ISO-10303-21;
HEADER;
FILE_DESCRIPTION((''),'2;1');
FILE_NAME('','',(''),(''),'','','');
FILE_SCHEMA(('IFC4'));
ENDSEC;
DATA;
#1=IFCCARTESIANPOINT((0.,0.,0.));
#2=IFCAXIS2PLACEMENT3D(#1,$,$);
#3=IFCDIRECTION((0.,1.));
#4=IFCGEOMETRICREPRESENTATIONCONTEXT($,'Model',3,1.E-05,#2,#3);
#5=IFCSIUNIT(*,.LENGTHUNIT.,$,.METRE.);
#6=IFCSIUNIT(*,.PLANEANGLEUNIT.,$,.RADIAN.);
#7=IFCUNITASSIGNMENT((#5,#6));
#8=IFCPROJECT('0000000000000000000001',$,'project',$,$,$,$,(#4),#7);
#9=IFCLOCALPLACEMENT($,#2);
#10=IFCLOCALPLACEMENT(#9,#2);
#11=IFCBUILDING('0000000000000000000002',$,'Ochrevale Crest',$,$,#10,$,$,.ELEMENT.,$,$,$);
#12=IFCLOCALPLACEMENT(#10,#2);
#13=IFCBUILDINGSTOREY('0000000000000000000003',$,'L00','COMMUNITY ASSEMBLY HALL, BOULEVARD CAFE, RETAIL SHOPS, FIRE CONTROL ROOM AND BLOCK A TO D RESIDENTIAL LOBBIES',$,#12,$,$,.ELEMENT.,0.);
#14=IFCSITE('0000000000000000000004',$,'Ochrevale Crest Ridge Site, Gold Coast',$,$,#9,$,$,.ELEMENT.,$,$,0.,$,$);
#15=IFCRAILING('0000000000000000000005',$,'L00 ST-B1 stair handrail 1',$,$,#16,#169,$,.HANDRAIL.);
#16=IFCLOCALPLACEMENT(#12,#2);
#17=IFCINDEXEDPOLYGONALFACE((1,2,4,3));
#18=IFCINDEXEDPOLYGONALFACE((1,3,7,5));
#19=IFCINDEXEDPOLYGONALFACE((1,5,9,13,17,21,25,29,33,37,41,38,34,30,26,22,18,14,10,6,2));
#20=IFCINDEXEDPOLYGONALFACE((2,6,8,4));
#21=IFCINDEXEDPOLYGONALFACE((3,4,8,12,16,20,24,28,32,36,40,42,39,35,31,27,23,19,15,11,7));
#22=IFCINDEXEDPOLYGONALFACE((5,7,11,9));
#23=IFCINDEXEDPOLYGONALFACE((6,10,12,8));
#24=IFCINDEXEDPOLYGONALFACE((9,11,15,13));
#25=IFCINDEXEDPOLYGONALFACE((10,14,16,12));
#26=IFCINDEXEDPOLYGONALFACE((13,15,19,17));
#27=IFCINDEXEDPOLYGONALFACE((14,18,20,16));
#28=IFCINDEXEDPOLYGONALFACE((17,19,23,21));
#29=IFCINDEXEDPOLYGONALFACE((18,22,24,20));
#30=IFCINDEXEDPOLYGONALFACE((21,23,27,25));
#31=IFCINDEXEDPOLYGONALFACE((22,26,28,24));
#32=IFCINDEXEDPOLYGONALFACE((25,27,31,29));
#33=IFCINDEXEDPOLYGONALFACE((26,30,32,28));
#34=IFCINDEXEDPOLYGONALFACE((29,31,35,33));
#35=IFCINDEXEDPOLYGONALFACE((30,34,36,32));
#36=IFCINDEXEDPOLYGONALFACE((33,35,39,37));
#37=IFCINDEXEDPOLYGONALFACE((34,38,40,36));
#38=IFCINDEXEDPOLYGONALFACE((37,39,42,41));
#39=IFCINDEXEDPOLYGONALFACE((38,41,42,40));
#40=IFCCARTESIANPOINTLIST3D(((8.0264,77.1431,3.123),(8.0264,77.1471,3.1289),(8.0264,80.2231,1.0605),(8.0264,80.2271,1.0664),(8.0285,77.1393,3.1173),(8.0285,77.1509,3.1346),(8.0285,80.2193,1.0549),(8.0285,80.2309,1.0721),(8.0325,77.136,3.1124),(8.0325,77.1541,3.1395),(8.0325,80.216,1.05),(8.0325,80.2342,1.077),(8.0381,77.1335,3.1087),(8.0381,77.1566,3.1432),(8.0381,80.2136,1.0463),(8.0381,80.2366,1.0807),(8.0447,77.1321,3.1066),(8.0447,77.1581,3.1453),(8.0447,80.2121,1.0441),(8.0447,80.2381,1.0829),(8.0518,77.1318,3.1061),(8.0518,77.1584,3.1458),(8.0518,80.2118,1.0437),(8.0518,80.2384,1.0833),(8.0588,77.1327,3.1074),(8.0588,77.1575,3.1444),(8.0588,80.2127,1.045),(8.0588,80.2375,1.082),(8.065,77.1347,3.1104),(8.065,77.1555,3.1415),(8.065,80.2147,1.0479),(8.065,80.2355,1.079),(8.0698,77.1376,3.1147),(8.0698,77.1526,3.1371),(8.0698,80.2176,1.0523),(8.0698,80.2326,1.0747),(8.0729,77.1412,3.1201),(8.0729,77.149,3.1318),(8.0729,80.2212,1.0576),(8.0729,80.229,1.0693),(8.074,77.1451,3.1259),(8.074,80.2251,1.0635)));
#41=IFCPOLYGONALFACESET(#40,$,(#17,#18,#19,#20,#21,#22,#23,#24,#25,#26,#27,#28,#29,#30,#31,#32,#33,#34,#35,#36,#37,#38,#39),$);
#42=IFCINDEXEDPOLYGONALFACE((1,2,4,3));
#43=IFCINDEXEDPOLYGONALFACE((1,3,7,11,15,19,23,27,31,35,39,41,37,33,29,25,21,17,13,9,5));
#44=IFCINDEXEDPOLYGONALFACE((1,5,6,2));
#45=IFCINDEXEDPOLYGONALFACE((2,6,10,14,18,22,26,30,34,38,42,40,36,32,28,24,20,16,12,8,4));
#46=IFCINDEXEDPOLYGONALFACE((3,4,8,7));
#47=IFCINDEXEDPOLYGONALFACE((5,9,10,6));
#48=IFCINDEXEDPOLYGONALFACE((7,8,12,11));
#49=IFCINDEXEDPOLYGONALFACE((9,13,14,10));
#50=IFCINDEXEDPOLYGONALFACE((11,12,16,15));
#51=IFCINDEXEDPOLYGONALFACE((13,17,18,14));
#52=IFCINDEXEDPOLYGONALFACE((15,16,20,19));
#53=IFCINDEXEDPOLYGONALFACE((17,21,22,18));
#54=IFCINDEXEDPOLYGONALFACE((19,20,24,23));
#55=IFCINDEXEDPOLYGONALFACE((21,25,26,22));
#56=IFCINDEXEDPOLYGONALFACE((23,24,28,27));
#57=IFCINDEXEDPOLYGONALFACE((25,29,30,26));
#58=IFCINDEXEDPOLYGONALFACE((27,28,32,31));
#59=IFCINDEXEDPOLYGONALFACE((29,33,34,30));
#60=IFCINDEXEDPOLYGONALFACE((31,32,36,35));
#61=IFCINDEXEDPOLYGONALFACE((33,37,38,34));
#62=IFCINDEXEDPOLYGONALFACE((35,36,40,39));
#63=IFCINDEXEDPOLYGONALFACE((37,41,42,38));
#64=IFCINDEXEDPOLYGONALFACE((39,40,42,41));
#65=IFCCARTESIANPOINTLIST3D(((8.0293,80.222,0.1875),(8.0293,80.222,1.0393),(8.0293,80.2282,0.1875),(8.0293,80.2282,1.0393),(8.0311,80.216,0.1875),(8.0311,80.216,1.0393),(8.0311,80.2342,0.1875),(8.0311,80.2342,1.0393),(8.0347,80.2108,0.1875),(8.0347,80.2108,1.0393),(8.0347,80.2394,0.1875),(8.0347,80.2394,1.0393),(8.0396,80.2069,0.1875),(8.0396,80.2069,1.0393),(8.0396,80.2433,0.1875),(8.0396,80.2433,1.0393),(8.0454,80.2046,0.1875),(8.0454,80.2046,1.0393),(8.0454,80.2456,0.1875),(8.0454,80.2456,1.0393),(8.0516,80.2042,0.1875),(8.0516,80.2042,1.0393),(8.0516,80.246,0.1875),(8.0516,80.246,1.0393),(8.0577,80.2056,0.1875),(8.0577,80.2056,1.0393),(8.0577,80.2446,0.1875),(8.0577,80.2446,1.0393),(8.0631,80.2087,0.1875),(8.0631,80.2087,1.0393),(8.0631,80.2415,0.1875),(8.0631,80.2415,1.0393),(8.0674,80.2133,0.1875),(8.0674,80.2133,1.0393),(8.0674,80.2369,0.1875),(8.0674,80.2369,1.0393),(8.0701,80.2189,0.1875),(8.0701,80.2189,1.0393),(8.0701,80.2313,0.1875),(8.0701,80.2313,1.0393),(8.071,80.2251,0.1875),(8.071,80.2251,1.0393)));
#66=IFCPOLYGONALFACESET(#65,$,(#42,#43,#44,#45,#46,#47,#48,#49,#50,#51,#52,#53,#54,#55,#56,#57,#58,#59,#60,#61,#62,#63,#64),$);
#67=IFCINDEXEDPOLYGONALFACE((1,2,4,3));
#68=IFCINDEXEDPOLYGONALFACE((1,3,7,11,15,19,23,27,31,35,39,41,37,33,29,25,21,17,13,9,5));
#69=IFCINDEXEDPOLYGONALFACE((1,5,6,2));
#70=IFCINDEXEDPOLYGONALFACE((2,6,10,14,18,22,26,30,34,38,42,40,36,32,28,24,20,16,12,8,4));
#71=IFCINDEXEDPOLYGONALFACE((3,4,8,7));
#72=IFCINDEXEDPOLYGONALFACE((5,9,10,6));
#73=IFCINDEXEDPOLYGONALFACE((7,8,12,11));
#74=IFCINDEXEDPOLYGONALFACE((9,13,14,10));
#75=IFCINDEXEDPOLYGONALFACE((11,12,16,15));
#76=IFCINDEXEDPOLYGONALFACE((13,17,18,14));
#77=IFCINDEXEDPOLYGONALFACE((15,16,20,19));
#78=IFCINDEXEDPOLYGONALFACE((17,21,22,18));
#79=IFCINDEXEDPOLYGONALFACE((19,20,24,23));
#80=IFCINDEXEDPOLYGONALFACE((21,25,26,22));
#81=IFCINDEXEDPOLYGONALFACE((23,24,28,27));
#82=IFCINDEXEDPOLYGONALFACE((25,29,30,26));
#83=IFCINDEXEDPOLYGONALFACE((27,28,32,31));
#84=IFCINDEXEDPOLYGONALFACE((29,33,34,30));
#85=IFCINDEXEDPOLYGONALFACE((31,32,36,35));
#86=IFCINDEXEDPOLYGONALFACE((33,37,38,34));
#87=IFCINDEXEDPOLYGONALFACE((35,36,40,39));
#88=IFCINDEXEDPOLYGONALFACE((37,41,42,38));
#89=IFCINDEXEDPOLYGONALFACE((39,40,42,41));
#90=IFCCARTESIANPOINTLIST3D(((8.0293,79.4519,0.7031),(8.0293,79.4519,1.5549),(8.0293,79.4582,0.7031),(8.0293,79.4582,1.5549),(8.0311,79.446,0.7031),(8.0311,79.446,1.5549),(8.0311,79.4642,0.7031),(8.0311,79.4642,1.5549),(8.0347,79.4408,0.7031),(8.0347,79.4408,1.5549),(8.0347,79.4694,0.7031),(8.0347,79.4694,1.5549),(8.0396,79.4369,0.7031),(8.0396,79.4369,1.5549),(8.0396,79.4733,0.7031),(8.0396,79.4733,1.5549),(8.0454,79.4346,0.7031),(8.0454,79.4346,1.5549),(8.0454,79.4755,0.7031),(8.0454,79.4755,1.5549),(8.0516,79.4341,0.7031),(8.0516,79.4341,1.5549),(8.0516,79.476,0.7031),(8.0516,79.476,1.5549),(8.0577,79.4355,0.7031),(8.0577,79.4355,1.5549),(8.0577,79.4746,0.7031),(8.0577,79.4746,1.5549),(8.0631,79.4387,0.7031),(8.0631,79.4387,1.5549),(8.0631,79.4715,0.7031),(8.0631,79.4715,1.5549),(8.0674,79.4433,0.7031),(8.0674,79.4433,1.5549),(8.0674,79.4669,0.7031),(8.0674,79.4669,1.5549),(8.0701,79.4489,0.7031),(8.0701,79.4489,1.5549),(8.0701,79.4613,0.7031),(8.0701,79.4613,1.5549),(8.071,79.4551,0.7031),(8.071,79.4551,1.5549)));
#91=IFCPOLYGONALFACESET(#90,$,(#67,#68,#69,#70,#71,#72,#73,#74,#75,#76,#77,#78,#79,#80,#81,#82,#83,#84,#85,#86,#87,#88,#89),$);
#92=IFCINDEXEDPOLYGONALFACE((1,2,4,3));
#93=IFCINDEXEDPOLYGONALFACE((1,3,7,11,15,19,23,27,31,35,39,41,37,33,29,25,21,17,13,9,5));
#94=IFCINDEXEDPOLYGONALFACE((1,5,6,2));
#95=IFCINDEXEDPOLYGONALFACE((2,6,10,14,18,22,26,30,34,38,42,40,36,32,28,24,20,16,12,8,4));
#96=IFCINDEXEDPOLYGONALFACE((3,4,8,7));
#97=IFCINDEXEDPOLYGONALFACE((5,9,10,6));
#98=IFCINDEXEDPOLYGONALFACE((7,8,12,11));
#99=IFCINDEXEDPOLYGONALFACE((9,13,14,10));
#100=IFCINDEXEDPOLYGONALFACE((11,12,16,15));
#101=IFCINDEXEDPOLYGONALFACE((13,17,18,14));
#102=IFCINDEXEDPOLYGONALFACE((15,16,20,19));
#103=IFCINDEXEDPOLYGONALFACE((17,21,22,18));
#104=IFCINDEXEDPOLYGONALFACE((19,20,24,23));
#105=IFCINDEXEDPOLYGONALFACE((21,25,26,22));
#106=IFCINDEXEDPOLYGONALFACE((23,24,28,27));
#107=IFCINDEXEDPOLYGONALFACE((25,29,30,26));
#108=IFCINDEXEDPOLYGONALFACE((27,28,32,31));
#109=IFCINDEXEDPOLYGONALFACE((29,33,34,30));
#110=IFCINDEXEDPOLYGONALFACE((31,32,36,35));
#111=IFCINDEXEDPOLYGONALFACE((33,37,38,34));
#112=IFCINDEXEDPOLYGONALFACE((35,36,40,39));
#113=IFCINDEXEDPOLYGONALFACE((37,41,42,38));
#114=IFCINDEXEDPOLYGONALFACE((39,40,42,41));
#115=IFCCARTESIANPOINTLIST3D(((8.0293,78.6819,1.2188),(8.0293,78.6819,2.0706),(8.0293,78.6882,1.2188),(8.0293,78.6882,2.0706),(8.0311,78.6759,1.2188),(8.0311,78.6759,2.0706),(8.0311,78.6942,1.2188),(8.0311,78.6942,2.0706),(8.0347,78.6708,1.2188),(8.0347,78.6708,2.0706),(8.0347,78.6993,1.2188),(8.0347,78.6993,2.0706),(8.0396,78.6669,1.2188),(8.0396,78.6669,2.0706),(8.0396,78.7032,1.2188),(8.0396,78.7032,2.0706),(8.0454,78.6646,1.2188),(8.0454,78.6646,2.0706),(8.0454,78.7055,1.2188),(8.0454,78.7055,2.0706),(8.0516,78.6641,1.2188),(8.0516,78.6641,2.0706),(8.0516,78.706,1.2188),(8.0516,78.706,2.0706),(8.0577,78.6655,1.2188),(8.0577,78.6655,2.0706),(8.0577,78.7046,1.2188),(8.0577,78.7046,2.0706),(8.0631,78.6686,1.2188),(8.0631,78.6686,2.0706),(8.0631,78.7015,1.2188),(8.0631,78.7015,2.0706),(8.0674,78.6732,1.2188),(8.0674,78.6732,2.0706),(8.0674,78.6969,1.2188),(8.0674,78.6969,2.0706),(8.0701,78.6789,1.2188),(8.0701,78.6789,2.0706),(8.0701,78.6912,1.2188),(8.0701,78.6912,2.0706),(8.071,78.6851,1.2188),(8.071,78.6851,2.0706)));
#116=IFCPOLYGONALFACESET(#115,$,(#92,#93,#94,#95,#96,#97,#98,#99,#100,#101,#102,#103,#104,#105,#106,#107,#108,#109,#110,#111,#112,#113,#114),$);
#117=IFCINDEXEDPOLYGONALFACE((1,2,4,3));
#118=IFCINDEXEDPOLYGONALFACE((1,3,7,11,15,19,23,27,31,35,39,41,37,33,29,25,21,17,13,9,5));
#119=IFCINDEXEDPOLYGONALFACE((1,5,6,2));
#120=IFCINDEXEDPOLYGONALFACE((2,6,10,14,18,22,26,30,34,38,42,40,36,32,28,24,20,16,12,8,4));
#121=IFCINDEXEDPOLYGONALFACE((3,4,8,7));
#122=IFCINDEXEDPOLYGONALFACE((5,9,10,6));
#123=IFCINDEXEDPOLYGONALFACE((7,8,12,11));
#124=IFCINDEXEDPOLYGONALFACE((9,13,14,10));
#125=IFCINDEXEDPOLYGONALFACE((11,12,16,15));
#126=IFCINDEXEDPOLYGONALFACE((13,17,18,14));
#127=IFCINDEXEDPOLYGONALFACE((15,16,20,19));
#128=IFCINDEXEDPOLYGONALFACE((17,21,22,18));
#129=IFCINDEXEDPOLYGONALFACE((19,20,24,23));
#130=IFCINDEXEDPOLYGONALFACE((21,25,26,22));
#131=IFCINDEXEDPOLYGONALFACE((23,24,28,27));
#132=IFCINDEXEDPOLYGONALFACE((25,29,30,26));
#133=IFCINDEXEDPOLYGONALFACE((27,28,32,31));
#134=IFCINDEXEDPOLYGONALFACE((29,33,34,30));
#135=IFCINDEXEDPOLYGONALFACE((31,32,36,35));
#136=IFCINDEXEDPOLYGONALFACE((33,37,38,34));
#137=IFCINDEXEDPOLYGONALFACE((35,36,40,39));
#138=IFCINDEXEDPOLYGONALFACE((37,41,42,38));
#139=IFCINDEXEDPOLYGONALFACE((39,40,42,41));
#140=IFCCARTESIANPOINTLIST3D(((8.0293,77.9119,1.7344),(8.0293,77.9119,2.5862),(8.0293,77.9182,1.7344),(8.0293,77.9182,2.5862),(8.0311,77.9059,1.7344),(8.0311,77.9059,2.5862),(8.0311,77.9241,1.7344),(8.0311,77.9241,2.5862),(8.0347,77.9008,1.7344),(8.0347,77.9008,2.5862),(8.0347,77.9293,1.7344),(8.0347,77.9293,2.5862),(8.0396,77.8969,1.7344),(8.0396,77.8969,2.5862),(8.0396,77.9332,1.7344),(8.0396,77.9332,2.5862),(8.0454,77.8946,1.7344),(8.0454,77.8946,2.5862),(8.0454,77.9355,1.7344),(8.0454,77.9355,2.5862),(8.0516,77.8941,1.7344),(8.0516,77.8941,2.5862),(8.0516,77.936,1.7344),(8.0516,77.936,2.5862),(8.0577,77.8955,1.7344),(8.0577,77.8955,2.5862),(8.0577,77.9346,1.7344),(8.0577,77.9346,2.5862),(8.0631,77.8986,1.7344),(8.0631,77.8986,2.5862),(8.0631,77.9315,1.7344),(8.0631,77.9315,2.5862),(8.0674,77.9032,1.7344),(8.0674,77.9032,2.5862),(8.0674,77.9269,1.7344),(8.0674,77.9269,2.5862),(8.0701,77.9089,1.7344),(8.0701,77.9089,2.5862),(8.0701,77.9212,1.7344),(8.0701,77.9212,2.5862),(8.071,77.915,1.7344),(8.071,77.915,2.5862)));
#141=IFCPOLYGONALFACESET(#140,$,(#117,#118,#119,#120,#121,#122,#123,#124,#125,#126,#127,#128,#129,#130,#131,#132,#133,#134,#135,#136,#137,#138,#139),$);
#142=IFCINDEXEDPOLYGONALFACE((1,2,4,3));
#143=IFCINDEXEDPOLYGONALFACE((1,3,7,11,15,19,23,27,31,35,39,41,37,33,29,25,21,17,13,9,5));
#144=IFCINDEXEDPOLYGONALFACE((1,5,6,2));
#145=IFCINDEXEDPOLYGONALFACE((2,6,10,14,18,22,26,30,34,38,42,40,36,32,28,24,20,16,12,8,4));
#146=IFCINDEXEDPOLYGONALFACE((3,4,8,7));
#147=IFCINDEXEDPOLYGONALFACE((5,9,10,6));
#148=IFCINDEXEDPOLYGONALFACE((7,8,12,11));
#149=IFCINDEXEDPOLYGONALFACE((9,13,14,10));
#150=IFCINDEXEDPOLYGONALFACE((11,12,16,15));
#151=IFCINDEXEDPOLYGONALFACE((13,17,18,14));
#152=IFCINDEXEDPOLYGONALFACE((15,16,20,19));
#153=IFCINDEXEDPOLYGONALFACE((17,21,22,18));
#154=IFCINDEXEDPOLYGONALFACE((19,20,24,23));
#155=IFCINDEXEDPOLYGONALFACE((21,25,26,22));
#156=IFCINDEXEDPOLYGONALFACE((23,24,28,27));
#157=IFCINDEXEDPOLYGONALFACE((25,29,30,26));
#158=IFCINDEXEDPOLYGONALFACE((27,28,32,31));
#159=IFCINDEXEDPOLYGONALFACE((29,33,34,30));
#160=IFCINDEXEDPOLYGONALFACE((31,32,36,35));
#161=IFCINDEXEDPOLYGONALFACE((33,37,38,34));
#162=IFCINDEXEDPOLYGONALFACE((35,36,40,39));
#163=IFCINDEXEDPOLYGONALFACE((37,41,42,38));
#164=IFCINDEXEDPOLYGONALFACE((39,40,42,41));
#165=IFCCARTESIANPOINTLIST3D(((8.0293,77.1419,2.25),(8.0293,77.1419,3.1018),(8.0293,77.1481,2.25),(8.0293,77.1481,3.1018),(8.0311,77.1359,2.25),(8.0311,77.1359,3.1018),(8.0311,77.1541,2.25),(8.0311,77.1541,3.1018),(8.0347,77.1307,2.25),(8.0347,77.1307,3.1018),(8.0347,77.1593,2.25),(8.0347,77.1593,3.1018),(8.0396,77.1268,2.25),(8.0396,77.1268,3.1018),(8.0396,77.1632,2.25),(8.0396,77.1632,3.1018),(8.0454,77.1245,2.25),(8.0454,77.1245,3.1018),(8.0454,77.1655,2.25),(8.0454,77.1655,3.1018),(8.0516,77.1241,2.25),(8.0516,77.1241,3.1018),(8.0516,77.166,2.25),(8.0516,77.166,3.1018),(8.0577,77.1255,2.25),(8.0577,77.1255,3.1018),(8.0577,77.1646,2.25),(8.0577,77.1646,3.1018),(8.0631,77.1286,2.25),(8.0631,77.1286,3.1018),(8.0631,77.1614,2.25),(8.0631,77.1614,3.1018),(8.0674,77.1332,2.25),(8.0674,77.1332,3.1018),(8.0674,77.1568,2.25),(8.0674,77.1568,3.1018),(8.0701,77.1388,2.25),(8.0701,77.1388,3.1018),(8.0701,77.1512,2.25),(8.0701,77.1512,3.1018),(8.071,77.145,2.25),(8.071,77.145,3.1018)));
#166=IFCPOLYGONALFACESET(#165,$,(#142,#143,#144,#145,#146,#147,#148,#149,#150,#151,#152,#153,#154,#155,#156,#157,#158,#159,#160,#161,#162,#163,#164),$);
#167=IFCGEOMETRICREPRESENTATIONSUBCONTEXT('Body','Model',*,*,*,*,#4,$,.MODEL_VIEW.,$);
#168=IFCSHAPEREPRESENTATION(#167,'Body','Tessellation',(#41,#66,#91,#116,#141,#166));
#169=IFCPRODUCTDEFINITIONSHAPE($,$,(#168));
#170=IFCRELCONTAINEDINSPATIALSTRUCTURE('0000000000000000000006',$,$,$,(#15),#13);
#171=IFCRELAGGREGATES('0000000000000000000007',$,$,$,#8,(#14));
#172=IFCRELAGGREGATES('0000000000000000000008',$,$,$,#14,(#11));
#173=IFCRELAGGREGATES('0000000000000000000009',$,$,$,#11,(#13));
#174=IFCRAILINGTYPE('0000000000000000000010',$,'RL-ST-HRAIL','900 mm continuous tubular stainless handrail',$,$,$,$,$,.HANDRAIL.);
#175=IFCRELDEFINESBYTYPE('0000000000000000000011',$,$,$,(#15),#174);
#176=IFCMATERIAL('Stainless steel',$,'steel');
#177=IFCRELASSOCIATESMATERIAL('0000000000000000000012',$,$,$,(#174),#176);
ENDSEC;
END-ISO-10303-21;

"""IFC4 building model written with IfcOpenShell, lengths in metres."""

from ifc_helpers import new_model, si_unit, direction, frame, origin, origin_2d, place, context, subcontext, project, spatial, circle, extrude, material, type_object, element, save


model = new_model("IFC4")

# Units and contexts
model_context = context("Model", 3, precision=1e-05, world=origin(), true_north=direction((0.0, 1.0)))
body_context = subcontext(model_context, "Body", "Model", "MODEL_VIEW")
ifc_project = project(units=[si_unit("LENGTHUNIT", "METRE"), si_unit("PLANEANGLEUNIT", "RADIAN")], contexts=[model_context])

# Site, building, storey
site_placement = place(None, origin())
site = spatial("IfcSite", under=ifc_project, at=site_placement, Name="Ochrevale Crest Ridge Site, Gold Coast", CompositionType="ELEMENT", RefElevation=0.0)
building_placement = place(site_placement, origin())
building = spatial("IfcBuilding", under=site, at=building_placement, Name="Ochrevale Crest", CompositionType="ELEMENT")
storey_placement = place(building_placement, origin())
storey = spatial("IfcBuildingStorey", under=building, at=storey_placement, Name="L00", Description="COMMUNITY ASSEMBLY HALL, BOULEVARD CAFE, RETAIL SHOPS, FIRE CONTROL ROOM AND BLOCK A TO D RESIDENTIAL LOBBIES", CompositionType="ELEMENT", Elevation=0.0)

# Railing
ifc_material_1 = material(Name="Stainless steel", Category="steel")
railing_type_1 = type_object("IfcRailingType", Name="RL-ST-HRAIL", Description="900 mm continuous tubular stainless handrail", PredefinedType="HANDRAIL", material=ifc_material_1)
railing_1_placement = place(storey_placement, frame((8.05, 80.2251, 0.1875)))
element("IfcRailing", 1, at=railing_1_placement, inside=storey, type_object=railing_type_1, Name="L00 ST-B1 stair handrail 1", PredefinedType="HANDRAIL", context=body_context, shape_type="SweptSolid", body=[
    extrude(circle(Radius=0.0239, at=origin_2d()), frame((0.0, 0.0, 0.876), z_axis=(0.0, -0.830914, 0.556401), x_axis=(1.0, 0.0, 0.0)), (0.0, 0.0, 1.0), 3.7068),
    extrude(circle(Radius=0.021, at=origin_2d()), origin(), (0.0, 0.0, 1.0), 0.8518),
    extrude(circle(Radius=0.021, at=origin_2d()), frame((0.0, -0.77, 0.5156)), (0.0, 0.0, 1.0), 0.8518),
    extrude(circle(Radius=0.021, at=origin_2d()), frame((0.0, -1.54, 1.0312)), (0.0, 0.0, 1.0), 0.8518),
    extrude(circle(Radius=0.021, at=origin_2d()), frame((0.0, -2.3101, 1.5469)), (0.0, 0.0, 1.0), 0.8518),
    extrude(circle(Radius=0.021, at=origin_2d()), frame((0.0, -3.0801, 2.0625)), (0.0, 0.0, 1.0), 0.8518),
])

save(model, "model.ifc")
